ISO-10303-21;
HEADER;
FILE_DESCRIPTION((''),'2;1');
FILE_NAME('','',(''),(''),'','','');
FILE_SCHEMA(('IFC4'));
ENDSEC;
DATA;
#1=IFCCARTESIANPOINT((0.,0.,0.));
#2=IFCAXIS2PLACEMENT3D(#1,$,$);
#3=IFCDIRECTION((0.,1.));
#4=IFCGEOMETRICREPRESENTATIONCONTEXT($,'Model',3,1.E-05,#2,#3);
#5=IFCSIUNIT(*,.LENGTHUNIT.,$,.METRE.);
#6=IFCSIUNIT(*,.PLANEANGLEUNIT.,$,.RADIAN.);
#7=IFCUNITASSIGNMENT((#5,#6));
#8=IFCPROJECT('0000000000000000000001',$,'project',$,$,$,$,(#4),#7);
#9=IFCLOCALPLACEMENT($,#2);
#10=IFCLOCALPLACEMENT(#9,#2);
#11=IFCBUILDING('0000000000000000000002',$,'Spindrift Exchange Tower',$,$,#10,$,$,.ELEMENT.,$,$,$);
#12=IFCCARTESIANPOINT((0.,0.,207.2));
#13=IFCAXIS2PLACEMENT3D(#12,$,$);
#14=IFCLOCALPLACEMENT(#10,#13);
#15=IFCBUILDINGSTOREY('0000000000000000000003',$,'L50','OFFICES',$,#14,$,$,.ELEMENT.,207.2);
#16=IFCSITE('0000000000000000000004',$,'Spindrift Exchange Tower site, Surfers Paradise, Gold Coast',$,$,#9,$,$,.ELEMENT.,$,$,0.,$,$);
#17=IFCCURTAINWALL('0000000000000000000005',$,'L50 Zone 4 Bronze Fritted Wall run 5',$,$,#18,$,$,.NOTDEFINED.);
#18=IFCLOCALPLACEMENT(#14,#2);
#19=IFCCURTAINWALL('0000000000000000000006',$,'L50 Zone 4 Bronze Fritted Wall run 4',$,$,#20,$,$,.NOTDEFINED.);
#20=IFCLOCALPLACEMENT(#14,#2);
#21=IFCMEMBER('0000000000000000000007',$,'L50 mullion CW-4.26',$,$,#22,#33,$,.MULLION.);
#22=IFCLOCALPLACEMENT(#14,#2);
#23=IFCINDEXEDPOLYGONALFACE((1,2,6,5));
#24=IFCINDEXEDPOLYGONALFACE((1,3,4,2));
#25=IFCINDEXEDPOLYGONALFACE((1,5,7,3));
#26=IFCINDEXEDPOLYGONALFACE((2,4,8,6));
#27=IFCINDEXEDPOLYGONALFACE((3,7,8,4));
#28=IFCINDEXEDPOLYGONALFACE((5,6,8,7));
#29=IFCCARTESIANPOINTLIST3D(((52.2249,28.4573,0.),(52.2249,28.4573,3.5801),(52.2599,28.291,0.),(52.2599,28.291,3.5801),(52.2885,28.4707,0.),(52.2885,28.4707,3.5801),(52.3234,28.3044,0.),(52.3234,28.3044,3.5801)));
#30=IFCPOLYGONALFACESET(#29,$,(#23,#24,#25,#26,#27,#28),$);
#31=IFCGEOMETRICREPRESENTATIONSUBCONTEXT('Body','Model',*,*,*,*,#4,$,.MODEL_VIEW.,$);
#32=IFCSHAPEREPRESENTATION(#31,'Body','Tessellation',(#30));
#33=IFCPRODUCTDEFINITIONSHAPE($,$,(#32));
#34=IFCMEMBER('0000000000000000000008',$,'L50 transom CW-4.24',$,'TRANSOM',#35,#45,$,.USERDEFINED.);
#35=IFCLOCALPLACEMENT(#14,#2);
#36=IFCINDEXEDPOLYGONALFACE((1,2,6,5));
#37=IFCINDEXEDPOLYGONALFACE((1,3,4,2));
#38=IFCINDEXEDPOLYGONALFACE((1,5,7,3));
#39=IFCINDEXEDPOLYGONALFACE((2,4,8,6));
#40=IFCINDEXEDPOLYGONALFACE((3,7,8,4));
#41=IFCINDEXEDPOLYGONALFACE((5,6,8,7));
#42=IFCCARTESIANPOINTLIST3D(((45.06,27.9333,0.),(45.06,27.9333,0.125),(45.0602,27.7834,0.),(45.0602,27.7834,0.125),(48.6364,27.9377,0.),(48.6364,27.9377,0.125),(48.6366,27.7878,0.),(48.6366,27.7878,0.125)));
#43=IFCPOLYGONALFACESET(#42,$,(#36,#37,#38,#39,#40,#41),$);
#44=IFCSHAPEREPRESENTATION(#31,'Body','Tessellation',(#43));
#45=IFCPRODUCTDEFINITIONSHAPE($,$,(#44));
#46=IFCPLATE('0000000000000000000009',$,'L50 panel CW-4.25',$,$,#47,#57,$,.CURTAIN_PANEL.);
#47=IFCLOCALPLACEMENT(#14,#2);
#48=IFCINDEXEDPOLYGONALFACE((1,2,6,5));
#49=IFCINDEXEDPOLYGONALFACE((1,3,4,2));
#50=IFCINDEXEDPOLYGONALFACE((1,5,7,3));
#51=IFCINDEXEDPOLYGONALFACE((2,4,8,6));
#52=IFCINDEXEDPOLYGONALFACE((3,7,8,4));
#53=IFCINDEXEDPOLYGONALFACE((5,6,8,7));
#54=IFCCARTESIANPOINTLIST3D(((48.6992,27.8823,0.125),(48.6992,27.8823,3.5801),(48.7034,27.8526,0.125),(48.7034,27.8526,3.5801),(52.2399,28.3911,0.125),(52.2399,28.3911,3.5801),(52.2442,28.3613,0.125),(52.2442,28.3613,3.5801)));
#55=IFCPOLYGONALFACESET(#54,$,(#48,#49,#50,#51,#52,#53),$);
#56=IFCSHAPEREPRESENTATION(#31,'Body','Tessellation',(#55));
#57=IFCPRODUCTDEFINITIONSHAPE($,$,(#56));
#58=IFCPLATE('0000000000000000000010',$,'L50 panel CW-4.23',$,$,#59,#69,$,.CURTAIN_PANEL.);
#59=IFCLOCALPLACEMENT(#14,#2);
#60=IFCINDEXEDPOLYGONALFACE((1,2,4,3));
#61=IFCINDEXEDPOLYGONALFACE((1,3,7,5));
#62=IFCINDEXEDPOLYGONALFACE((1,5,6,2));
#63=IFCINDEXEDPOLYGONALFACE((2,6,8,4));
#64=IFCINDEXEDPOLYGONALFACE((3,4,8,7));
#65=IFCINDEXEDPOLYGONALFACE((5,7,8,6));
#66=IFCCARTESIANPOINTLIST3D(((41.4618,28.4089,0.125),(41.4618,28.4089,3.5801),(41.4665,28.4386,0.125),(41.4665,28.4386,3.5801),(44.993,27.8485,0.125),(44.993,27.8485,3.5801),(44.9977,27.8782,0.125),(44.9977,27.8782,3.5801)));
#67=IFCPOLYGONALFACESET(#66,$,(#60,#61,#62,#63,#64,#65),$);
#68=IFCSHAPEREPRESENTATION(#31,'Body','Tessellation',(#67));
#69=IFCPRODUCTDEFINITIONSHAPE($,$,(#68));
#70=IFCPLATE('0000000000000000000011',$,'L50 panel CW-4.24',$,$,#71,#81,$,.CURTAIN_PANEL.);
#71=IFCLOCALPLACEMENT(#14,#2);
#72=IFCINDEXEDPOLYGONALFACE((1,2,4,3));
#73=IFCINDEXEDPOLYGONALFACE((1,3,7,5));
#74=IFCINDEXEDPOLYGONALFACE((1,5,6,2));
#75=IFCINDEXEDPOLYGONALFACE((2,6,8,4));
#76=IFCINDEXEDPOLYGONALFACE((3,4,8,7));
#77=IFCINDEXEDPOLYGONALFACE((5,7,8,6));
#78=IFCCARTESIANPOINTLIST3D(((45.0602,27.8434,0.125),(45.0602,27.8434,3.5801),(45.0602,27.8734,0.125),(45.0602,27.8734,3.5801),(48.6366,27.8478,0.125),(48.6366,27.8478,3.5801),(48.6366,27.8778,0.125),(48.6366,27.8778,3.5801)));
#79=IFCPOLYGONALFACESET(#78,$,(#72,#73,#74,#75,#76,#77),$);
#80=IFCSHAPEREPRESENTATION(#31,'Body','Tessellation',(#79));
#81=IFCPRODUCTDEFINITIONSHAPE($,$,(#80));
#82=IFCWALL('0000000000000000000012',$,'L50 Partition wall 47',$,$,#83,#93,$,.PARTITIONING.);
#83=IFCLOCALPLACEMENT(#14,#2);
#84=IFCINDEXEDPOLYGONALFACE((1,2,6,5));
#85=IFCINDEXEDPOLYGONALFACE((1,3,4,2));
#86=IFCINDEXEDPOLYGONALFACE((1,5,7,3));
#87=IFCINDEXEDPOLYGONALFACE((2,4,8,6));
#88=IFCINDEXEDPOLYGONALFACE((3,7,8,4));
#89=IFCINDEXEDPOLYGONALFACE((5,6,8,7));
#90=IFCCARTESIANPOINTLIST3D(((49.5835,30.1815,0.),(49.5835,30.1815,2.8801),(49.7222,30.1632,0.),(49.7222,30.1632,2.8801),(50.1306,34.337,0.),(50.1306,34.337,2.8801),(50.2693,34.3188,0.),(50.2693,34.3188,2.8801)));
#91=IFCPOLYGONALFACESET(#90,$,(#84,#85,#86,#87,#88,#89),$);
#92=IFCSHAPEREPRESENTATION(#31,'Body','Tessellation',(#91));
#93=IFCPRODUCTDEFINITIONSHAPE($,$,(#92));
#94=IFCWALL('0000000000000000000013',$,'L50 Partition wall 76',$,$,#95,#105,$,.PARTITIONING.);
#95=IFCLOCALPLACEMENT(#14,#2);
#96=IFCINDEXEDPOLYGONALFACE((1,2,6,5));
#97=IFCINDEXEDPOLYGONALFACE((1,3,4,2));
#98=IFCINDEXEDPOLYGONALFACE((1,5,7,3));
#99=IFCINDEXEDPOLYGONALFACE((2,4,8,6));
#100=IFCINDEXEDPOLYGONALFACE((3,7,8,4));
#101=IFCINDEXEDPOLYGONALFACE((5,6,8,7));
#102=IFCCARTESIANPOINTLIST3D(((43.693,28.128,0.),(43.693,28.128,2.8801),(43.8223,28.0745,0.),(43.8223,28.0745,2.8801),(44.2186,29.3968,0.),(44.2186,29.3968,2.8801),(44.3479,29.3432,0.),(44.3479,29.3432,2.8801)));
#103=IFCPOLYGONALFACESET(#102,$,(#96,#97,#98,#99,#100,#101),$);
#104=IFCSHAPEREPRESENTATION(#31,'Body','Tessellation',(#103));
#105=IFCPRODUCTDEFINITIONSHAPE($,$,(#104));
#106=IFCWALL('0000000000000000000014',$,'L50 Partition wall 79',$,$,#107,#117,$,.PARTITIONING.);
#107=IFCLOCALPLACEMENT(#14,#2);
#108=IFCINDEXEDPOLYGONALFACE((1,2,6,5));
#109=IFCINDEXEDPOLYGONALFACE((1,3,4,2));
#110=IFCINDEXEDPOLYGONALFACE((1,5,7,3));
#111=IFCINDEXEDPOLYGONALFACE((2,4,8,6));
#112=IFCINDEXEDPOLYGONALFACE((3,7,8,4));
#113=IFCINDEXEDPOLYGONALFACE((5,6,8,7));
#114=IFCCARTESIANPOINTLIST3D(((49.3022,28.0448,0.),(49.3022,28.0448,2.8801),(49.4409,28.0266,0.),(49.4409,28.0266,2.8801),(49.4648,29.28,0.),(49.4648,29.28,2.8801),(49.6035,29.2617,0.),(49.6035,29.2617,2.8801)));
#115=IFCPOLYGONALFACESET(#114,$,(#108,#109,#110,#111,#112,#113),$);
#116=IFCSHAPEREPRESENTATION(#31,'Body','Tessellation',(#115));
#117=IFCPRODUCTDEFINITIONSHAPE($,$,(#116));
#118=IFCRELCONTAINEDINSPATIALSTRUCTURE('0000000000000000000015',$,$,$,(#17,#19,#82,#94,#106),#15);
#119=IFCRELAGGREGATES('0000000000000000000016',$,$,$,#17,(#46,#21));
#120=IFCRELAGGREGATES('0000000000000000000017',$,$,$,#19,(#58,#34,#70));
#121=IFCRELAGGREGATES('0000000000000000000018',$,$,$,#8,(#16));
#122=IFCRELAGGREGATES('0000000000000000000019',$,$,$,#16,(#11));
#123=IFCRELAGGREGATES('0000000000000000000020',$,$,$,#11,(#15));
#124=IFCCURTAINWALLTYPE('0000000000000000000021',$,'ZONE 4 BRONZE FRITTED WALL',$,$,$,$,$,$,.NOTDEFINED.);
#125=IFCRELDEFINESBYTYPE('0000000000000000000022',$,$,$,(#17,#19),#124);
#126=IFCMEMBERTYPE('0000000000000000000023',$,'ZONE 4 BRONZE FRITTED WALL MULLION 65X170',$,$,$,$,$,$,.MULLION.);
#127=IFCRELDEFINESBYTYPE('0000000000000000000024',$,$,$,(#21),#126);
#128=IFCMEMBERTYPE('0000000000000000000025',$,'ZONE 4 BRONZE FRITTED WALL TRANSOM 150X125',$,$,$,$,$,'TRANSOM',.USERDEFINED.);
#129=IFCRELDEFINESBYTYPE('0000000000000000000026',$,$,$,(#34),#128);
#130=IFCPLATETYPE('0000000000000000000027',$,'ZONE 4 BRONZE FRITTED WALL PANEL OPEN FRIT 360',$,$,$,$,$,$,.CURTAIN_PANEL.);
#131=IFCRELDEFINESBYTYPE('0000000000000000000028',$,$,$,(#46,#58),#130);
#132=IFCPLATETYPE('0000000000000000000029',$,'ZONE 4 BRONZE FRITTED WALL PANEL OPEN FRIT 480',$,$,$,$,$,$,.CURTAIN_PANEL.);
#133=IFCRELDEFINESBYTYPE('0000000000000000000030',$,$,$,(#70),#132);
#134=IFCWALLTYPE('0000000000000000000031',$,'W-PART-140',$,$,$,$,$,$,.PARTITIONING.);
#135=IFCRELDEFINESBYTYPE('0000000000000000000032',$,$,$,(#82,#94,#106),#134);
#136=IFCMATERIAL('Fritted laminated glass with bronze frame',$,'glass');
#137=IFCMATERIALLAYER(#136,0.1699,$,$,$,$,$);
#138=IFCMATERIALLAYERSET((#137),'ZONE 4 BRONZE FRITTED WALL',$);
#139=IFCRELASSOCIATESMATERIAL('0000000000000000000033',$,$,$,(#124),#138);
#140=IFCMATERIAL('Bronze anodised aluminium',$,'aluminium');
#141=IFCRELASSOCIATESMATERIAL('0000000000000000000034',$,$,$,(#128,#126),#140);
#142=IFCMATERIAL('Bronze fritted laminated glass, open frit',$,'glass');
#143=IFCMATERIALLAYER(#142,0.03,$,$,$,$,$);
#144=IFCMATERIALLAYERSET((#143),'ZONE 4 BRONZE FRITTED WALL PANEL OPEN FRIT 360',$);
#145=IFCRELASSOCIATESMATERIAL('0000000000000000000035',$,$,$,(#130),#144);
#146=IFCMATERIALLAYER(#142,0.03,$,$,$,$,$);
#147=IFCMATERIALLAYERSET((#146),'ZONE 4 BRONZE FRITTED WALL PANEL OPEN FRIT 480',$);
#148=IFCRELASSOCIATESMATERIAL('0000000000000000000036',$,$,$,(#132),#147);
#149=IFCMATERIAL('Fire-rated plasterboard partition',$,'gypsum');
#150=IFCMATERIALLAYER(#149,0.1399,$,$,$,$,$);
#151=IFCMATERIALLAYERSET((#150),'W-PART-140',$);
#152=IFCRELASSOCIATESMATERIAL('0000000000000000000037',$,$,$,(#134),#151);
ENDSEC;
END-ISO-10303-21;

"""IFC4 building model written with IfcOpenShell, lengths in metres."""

from ifc_helpers import new_model, si_unit, direction, frame, frame_2d, origin, origin_2d, place, context, subcontext, project, spatial, rectangle, extrude, source, transform, mapped, material, layer, layer_set, material_profile, profile_set, type_object, element, aggregate, save


model = new_model("IFC4")

# Units and contexts
model_context = context("Model", 3, precision=1e-05, world=origin(), true_north=direction((0.0, 1.0)))
body_context = subcontext(model_context, "Body", "Model", "MODEL_VIEW")
ifc_project = project(units=[si_unit("LENGTHUNIT", "METRE"), si_unit("PLANEANGLEUNIT", "RADIAN")], contexts=[model_context])

# Site, building, storey
site_placement = place(None, origin())
site = spatial("IfcSite", under=ifc_project, at=site_placement, Name="Spindrift Exchange Tower site, Surfers Paradise, Gold Coast", CompositionType="ELEMENT", RefElevation=0.0)
building_placement = place(site_placement, origin())
building = spatial("IfcBuilding", under=site, at=building_placement, Name="Spindrift Exchange Tower", CompositionType="ELEMENT")
storey_placement = place(building_placement, frame((0.0, 0.0, 207.2)))
storey = spatial("IfcBuildingStorey", under=building, at=storey_placement, Name="L50", Description="OFFICES", CompositionType="ELEMENT", Elevation=207.2)

# Curtain walls
ifc_material_1 = material(Name="Fritted laminated glass with bronze frame", Category="glass")
ifc_layer_1 = layer(ifc_material_1, 0.1699)
ifc_layer_set_1 = layer_set([ifc_layer_1], Name="ZONE 4 BRONZE FRITTED WALL")
curtain_wall_type = type_object("IfcCurtainWallType", Name="ZONE 4 BRONZE FRITTED WALL", PredefinedType="NOTDEFINED", material=ifc_layer_set_1)
curtain_wall_1_placement = place(storey_placement, origin())
curtain_wall_1 = element("IfcCurtainWall", 1, at=curtain_wall_1_placement, inside=storey, type_object=curtain_wall_type, Name="L50 Zone 4 Bronze Fritted Wall run 5", PredefinedType="NOTDEFINED")
ifc_material_2 = material(Name="Bronze anodised aluminium", Category="aluminium")
ifc_material_profile_1 = material_profile(ifc_material_2, rectangle(XDim=0.1499, YDim=0.125, at=origin_2d()), Name="ZONE 4 BRONZE FRITTED WALL TRANSOM 150X125")
ifc_profile_set_1 = profile_set([ifc_material_profile_1], Name="Bronze anodised aluminium")
member_type_1 = type_object("IfcMemberType", Name="ZONE 4 BRONZE FRITTED WALL TRANSOM 150X125", ElementType="TRANSOM", PredefinedType="USERDEFINED", material=ifc_profile_set_1)
curtain_wall_2_placement = place(storey_placement, origin())
curtain_wall_2 = element("IfcCurtainWall", 2, at=curtain_wall_2_placement, inside=storey, type_object=curtain_wall_type, Name="L50 Zone 4 Bronze Fritted Wall run 4", PredefinedType="NOTDEFINED")
ifc_material_profile_2 = material_profile(ifc_material_2, rectangle(XDim=0.0649, YDim=0.1699, at=origin_2d()), Name="ZONE 4 BRONZE FRITTED WALL MULLION 65X170")
ifc_profile_set_2 = profile_set([ifc_material_profile_2], Name="Bronze anodised aluminium")
member_type_2 = type_object("IfcMemberType", Name="ZONE 4 BRONZE FRITTED WALL MULLION 65X170", PredefinedType="MULLION", material=ifc_profile_set_2)
shared_shape_1 = source(origin(), body_context, "Body", "SweptSolid", [
    extrude(rectangle(XDim=0.0649, YDim=0.1699, at=origin_2d()), origin(), (0.0, 0.0, 1.0), 3.5801),
])

# Members
member_1_placement = place(storey_placement, frame((52.2742, 28.3809, 0.0), z_axis=(0.0, 0.0, 1.0), x_axis=(0.978579, 0.205871, 0.0)))
member_1 = element("IfcMember", 3, at=member_1_placement, type_object=member_type_2, Name="L50 mullion CW-4.26", PredefinedType="MULLION", context=body_context, shape_type="MappedRepresentation", body=[
    mapped(shared_shape_1, transform((0.0, 0.0, 0.0), scale=1.0)),
])
shared_shape_2 = source(origin(), body_context, "Body", "SweptSolid", [
    extrude(rectangle(XDim=0.1499, YDim=0.125, at=origin_2d()), origin(), (0.0, 0.0, 1.0), 3.5764),
])
member_2_placement = place(storey_placement, frame((45.0601, 27.8584, 0.0625), z_axis=(0.999999, 0.001229, 0.0), x_axis=(-0.001229, 0.999999, 0.0)))
member_2 = element("IfcMember", 4, at=member_2_placement, type_object=member_type_1, Name="L50 transom CW-4.24", ObjectType="TRANSOM", PredefinedType="USERDEFINED", context=body_context, shape_type="MappedRepresentation", body=[
    mapped(shared_shape_2, transform((0.0, 0.0, 0.0), scale=1.0)),
])

# Plates
ifc_material_3 = material(Name="Bronze fritted laminated glass, open frit", Category="glass")
ifc_layer_2 = layer(ifc_material_3, 0.03)
ifc_layer_set_2 = layer_set([ifc_layer_2], Name="ZONE 4 BRONZE FRITTED WALL PANEL OPEN FRIT 360")
plate_type_1 = type_object("IfcPlateType", Name="ZONE 4 BRONZE FRITTED WALL PANEL OPEN FRIT 360", PredefinedType="CURTAIN_PANEL", material=ifc_layer_set_2)
shared_shape_3 = source(origin(), body_context, "Body", "SweptSolid", [
    extrude(rectangle(XDim=3.5771, YDim=0.03, at=origin_2d()), origin(), (0.0, 0.0, 1.0), 3.4551),
])
plate_1_placement = place(storey_placement, frame((50.4717, 28.1218, 0.125), z_axis=(0.0, 0.0, 1.0), x_axis=(0.989835, 0.142221, 0.0)))
plate_1 = element("IfcPlate", 5, at=plate_1_placement, type_object=plate_type_1, Name="L50 panel CW-4.25", PredefinedType="CURTAIN_PANEL", context=body_context, shape_type="MappedRepresentation", body=[
    mapped(shared_shape_3, transform((0.0, 0.0, 0.0), scale=1.0)),
])
aggregate(curtain_wall_1, [plate_1, member_1])
shared_shape_4 = source(origin(), body_context, "Body", "SweptSolid", [
    extrude(rectangle(XDim=3.5754, YDim=0.03, at=origin_2d()), origin(), (0.0, 0.0, 1.0), 3.4551),
])
plate_2_placement = place(storey_placement, frame((43.2297, 28.1436, 0.125), z_axis=(0.0, 0.0, 1.0), x_axis=(0.987641, -0.156736, 0.0)))
plate_2 = element("IfcPlate", 6, at=plate_2_placement, type_object=plate_type_1, Name="L50 panel CW-4.23", PredefinedType="CURTAIN_PANEL", context=body_context, shape_type="MappedRepresentation", body=[
    mapped(shared_shape_4, transform((0.0, 0.0, 0.0), scale=1.0)),
])
ifc_layer_3 = layer(ifc_material_3, 0.03)
ifc_layer_set_3 = layer_set([ifc_layer_3], Name="ZONE 4 BRONZE FRITTED WALL PANEL OPEN FRIT 480")
plate_type_2 = type_object("IfcPlateType", Name="ZONE 4 BRONZE FRITTED WALL PANEL OPEN FRIT 480", PredefinedType="CURTAIN_PANEL", material=ifc_layer_set_3)
shared_shape_5 = source(origin(), body_context, "Body", "SweptSolid", [
    extrude(rectangle(XDim=3.5764, YDim=0.03, at=origin_2d()), origin(), (0.0, 0.0, 1.0), 3.4551),
])
plate_3_placement = place(storey_placement, frame((46.8484, 27.8606, 0.125), z_axis=(0.0, 0.0, 1.0), x_axis=(0.999999, 0.001236, 0.0)))
plate_3 = element("IfcPlate", 7, at=plate_3_placement, type_object=plate_type_2, Name="L50 panel CW-4.24", PredefinedType="CURTAIN_PANEL", context=body_context, shape_type="MappedRepresentation", body=[
    mapped(shared_shape_5, transform((0.0, 0.0, 0.0), scale=1.0)),
])
aggregate(curtain_wall_2, [plate_2, member_2, plate_3])

# Walls
ifc_material_4 = material(Name="Fire-rated plasterboard partition", Category="gypsum")
ifc_layer_4 = layer(ifc_material_4, 0.1399)
ifc_layer_set_4 = layer_set([ifc_layer_4], Name="W-PART-140")
wall_type = type_object("IfcWallType", Name="W-PART-140", PredefinedType="PARTITIONING", material=ifc_layer_set_4)
wall_1_placement = place(storey_placement, frame((50.2, 34.3279, 0.0), z_axis=(0.0, 0.0, 1.0), x_axis=(-0.130534, -0.991444, 0.0)))
element("IfcWall", 8, at=wall_1_placement, inside=storey, type_object=wall_type, Name="L50 Partition wall 47", PredefinedType="PARTITIONING", context=body_context, shape_type="SweptSolid", body=[
    extrude(rectangle(XDim=4.1914, YDim=0.1399, at=frame_2d((2.0957, 0.0))), origin(), (0.0, 0.0, 1.0), 2.8801),
])
wall_2_placement = place(storey_placement, frame((44.2832, 29.3699, 0.0), z_axis=(0.0, 0.0, 1.0), x_axis=(-0.382734, -0.923859, 0.0)))
element("IfcWall", 9, at=wall_2_placement, inside=storey, type_object=wall_type, Name="L50 Partition wall 76", PredefinedType="PARTITIONING", context=body_context, shape_type="SweptSolid", body=[
    extrude(rectangle(XDim=1.3733, YDim=0.1399, at=frame_2d((0.6865, 0.0))), origin(), (0.0, 0.0, 1.0), 2.8801),
])
wall_3_placement = place(storey_placement, frame((49.5342, 29.271, 0.0), z_axis=(0.0, 0.0, 1.0), x_axis=(-0.13052, -0.991446, 0.0)))
element("IfcWall", 10, at=wall_3_placement, inside=storey, type_object=wall_type, Name="L50 Partition wall 79", PredefinedType="PARTITIONING", context=body_context, shape_type="SweptSolid", body=[
    extrude(rectangle(XDim=1.2458, YDim=0.1399, at=frame_2d((0.623, 0.0))), origin(), (0.0, 0.0, 1.0), 2.8801),
])

save(model, "model.ifc")
